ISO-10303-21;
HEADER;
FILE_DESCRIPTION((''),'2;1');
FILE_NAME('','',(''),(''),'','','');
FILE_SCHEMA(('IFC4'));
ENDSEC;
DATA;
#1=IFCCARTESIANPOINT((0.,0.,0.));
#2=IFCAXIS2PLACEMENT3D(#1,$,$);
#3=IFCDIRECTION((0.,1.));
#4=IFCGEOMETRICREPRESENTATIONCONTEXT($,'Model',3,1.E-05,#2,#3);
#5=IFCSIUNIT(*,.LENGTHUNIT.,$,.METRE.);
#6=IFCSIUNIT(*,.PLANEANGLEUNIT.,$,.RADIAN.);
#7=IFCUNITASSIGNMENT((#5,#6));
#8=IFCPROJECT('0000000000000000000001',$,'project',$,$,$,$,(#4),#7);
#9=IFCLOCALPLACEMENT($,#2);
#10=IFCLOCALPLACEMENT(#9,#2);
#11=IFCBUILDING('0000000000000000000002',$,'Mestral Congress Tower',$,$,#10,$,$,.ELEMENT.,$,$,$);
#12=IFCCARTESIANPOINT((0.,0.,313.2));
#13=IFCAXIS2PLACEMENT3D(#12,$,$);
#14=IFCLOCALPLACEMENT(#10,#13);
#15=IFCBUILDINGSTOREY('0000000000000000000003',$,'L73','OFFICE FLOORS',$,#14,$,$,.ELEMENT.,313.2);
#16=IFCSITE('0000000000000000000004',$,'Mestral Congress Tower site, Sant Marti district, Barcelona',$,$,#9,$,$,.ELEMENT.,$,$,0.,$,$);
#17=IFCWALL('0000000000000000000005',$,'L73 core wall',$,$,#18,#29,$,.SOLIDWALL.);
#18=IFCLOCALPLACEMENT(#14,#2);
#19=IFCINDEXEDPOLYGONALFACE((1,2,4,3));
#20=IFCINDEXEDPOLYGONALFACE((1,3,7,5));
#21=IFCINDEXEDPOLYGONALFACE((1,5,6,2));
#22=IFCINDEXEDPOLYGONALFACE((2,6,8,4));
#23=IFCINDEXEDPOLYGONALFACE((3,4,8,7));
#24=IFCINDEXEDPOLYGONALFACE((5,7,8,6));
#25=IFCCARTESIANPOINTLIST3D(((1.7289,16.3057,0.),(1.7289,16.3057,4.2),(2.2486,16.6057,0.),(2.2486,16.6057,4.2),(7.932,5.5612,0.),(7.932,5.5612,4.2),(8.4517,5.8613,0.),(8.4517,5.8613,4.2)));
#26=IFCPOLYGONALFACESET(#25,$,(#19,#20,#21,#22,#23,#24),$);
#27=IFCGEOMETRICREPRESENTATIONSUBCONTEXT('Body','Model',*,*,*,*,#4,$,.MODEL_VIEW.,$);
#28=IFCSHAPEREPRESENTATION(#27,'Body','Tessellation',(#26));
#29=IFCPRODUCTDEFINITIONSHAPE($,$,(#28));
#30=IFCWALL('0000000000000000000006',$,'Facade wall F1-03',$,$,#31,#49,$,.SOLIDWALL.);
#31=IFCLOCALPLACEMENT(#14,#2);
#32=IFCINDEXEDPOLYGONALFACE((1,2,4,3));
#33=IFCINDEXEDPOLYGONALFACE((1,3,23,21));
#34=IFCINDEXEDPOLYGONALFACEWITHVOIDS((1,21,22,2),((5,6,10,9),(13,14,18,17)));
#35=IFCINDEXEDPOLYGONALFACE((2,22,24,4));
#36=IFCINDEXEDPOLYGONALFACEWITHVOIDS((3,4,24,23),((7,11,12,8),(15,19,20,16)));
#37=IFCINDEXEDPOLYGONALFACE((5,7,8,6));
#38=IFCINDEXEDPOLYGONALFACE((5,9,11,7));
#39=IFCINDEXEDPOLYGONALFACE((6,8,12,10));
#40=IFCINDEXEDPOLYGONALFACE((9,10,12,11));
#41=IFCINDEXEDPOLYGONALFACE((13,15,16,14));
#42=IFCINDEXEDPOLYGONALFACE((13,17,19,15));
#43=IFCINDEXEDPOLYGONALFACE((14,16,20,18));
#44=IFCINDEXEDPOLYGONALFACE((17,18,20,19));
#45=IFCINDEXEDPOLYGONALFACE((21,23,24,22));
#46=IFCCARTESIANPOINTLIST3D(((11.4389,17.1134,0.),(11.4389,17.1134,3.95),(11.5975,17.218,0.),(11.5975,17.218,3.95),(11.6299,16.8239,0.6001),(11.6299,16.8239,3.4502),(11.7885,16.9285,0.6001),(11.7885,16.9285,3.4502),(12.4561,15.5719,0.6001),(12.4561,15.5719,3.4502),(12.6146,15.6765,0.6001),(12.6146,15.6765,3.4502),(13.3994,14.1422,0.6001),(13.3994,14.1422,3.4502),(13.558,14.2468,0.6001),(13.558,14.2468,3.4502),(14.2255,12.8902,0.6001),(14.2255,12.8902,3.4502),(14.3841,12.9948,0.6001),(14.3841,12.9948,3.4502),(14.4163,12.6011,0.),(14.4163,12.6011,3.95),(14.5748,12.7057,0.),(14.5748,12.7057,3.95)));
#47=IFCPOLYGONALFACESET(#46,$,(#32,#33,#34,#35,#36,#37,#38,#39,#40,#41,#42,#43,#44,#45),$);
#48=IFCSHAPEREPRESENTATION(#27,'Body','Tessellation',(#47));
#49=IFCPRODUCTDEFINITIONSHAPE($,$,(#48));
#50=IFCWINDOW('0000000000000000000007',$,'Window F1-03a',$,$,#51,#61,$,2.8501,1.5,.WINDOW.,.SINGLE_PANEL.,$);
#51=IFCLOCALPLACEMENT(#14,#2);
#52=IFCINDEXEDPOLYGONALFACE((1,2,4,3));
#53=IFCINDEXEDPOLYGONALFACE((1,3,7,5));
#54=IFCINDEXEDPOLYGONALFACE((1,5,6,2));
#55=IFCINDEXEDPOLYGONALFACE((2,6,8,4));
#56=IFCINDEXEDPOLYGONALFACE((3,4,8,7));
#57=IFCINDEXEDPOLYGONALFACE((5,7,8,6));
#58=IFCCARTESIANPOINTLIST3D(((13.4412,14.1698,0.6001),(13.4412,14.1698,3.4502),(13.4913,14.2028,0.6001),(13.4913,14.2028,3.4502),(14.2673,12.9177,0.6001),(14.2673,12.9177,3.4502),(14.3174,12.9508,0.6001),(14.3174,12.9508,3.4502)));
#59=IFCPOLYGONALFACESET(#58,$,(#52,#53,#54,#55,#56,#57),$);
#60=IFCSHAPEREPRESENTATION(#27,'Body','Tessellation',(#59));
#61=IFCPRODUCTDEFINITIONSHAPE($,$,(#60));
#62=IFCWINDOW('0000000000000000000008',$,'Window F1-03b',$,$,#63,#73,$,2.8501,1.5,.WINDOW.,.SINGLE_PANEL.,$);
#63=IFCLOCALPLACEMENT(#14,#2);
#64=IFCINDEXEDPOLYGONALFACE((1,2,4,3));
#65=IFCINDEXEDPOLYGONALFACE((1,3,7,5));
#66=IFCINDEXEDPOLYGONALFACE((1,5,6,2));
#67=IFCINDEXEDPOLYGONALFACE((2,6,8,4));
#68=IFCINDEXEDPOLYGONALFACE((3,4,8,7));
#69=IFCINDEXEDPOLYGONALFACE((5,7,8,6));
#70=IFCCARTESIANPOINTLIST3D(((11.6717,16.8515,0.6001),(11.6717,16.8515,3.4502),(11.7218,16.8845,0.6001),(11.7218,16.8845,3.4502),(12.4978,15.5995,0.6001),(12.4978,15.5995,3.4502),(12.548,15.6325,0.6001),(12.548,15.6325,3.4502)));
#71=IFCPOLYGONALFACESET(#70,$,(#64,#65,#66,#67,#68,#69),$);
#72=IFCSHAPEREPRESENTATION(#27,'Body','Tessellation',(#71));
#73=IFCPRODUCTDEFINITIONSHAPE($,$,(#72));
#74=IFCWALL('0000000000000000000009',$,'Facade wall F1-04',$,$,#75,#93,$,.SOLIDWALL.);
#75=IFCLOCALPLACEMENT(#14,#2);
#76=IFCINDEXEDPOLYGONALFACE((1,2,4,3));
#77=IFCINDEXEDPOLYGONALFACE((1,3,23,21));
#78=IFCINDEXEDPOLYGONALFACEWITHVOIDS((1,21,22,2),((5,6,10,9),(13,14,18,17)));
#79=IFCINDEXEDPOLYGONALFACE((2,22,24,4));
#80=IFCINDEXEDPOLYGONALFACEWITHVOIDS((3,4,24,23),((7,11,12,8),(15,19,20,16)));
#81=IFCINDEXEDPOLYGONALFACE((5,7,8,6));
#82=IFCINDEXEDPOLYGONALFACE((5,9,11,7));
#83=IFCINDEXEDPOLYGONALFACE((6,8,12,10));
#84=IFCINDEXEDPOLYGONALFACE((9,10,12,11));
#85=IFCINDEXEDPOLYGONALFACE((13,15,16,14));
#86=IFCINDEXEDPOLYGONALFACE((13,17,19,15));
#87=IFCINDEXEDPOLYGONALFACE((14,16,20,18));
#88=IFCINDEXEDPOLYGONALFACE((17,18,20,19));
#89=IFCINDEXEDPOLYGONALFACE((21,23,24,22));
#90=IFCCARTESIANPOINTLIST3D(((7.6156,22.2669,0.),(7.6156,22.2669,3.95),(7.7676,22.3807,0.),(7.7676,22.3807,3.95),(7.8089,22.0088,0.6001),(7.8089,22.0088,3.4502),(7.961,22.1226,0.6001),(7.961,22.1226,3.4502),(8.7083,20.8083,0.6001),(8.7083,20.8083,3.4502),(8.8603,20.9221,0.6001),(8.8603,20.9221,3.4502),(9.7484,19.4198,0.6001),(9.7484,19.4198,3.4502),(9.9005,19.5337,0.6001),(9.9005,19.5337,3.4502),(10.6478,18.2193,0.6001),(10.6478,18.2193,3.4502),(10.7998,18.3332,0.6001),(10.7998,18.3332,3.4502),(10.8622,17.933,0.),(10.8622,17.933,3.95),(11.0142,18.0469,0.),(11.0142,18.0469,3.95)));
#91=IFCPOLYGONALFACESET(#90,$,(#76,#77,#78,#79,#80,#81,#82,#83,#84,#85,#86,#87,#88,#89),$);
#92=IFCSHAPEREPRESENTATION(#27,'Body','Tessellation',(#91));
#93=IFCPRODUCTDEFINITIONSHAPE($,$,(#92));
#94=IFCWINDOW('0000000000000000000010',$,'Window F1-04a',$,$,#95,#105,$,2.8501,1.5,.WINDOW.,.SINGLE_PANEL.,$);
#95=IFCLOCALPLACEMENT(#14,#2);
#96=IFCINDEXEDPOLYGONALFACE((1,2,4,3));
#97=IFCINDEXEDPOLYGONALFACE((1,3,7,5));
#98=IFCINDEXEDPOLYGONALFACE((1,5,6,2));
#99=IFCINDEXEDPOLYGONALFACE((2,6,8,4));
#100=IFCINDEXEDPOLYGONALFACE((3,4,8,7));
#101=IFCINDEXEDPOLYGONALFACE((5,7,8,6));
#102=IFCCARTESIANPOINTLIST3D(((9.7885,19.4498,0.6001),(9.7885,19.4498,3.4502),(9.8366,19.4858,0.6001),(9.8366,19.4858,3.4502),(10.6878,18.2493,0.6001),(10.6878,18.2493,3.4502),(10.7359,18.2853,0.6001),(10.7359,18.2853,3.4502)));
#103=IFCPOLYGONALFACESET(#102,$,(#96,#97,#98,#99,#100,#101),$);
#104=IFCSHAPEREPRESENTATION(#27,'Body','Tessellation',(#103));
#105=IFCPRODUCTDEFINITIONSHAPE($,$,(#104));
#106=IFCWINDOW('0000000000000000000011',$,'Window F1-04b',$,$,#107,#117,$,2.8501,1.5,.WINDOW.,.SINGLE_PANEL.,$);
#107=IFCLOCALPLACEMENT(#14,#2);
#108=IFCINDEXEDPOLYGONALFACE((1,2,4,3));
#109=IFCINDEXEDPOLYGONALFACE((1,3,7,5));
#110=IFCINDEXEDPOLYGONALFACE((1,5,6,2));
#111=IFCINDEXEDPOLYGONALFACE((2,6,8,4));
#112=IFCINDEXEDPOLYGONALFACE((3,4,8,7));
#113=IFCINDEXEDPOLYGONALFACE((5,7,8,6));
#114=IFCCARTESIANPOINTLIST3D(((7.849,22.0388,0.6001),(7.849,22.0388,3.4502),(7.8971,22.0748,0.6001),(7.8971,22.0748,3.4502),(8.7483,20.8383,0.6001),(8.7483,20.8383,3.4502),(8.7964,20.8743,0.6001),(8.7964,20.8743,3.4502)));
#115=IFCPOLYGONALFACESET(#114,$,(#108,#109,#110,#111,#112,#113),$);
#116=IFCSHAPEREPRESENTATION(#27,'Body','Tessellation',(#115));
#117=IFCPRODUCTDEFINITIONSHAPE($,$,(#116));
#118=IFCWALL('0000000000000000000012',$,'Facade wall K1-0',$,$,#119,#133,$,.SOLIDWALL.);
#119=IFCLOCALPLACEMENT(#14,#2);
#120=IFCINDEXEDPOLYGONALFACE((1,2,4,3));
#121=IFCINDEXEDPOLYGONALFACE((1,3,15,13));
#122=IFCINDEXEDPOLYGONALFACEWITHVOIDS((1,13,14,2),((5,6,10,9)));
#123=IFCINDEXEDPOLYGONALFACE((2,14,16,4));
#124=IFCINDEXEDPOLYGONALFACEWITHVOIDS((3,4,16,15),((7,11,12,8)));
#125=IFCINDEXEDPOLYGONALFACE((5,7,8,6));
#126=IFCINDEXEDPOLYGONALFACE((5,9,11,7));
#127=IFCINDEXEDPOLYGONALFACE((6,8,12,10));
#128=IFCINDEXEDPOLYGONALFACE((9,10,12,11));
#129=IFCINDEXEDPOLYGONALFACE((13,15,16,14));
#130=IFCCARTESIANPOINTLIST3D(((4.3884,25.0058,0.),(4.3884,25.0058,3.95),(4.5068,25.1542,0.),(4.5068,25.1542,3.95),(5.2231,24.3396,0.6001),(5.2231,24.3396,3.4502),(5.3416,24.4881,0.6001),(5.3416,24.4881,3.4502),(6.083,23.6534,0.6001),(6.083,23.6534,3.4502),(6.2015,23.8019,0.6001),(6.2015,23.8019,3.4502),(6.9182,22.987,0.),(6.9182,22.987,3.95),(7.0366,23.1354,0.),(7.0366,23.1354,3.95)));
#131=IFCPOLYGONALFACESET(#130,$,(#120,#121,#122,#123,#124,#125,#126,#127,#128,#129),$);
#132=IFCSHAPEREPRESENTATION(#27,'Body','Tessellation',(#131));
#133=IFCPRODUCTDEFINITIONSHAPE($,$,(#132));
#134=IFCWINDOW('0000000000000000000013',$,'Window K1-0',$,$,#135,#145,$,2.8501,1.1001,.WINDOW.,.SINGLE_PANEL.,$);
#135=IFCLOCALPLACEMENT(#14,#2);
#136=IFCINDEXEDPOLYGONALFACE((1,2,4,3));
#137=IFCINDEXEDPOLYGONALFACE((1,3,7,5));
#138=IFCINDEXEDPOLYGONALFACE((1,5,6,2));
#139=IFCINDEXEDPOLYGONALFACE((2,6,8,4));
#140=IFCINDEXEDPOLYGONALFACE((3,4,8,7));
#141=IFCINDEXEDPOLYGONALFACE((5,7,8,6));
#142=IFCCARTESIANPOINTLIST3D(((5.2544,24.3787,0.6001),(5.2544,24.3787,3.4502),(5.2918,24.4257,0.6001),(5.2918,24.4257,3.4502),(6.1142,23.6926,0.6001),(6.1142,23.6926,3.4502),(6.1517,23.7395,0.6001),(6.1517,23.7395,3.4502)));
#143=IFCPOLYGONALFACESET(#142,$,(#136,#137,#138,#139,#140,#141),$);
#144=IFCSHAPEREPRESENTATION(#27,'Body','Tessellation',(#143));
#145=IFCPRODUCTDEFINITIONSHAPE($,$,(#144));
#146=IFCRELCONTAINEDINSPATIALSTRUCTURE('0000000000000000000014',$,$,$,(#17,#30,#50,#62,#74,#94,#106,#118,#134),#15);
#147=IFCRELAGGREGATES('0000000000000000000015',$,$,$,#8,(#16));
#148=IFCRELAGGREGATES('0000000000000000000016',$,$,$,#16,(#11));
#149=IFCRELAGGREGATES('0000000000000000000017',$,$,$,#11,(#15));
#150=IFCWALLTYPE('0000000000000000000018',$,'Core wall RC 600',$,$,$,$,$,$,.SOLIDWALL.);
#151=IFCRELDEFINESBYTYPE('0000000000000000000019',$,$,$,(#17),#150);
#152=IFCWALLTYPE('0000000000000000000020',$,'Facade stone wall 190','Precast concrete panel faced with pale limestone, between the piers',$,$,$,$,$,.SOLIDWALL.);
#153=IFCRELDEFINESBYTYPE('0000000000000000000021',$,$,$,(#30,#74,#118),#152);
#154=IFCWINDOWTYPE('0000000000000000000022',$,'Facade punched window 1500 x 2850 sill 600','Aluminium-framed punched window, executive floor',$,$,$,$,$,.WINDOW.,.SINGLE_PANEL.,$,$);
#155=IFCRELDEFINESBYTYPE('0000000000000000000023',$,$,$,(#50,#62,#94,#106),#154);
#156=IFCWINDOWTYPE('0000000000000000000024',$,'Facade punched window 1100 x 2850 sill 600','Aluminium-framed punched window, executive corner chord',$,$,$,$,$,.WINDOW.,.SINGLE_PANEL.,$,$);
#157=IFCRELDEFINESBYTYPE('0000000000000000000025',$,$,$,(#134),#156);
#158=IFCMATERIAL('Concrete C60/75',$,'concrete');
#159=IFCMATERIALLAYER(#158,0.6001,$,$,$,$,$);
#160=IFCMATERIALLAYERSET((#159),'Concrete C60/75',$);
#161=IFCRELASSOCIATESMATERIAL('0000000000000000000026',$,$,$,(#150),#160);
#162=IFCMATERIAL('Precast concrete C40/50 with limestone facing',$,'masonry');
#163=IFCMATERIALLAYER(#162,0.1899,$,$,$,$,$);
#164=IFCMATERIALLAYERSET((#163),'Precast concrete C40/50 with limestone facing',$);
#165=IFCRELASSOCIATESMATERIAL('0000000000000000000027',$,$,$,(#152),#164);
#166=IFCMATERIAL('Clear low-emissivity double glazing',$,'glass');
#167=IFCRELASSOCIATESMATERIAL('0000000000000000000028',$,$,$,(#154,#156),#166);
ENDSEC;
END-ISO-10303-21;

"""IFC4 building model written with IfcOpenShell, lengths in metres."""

from ifc_helpers import new_model, si_unit, direction, frame, frame_2d, origin, place, context, subcontext, project, spatial, rectangle, extrude, material, layer, layer_set, type_object, element, fill, save


model = new_model("IFC4")

# Units and contexts
model_context = context("Model", 3, precision=1e-05, world=origin(), true_north=direction((0.0, 1.0)))
body_context = subcontext(model_context, "Body", "Model", "MODEL_VIEW")
ifc_project = project(units=[si_unit("LENGTHUNIT", "METRE"), si_unit("PLANEANGLEUNIT", "RADIAN")], contexts=[model_context])

# Site, building, storey
site_placement = place(None, origin())
site = spatial("IfcSite", under=ifc_project, at=site_placement, Name="Mestral Congress Tower site, Sant Marti district, Barcelona", CompositionType="ELEMENT", RefElevation=0.0)
building_placement = place(site_placement, origin())
building = spatial("IfcBuilding", under=site, at=building_placement, Name="Mestral Congress Tower", CompositionType="ELEMENT")
storey_placement = place(building_placement, frame((0.0, 0.0, 313.2)))
storey = spatial("IfcBuildingStorey", under=building, at=storey_placement, Name="L73", Description="OFFICE FLOORS", CompositionType="ELEMENT", Elevation=313.2)

# Shared definitions
ifc_material_1 = material(Name="Concrete C60/75", Category="concrete")

# Wall
ifc_layer_1 = layer(ifc_material_1, 0.6001)
ifc_layer_set_1 = layer_set([ifc_layer_1], Name="Concrete C60/75")
wall_type_1 = type_object("IfcWallType", Name="Core wall RC 600", PredefinedType="SOLIDWALL", material=ifc_layer_set_1)
wall_1_placement = place(storey_placement, frame((1.9888, 16.4556, 0.0), z_axis=(0.0, 0.0, 1.0), x_axis=(0.499991, -0.866031, 0.0)))
element("IfcWall", 1, at=wall_1_placement, inside=storey, type_object=wall_type_1, Name="L73 core wall", PredefinedType="SOLIDWALL", context=body_context, shape_type="SweptSolid", body=[
    extrude(rectangle(XDim=12.4065, YDim=0.6001, at=frame_2d((6.2031, 0.0))), origin(), (0.0, 0.0, 1.0), 4.2),
])

# Walls, openings, windows
ifc_material_2 = material(Name="Precast concrete C40/50 with limestone facing", Category="masonry")
ifc_layer_2 = layer(ifc_material_2, 0.1899)
ifc_layer_set_2 = layer_set([ifc_layer_2], Name="Precast concrete C40/50 with limestone facing")
wall_type_2 = type_object("IfcWallType", Name="Facade stone wall 190", Description="Precast concrete panel faced with pale limestone, between the piers", PredefinedType="SOLIDWALL", material=ifc_layer_set_2)
wall_2_placement = place(storey_placement, frame((14.4956, 12.6533, 0.0), z_axis=(0.0, 0.0, 1.0), x_axis=(-0.550744, 0.834674, 0.0)))
wall_2 = element("IfcWall", 2, at=wall_2_placement, inside=storey, type_object=wall_type_2, Name="Facade wall F1-03", PredefinedType="SOLIDWALL", context=body_context, shape_type="SweptSolid", body=[
    extrude(rectangle(XDim=5.406, YDim=0.1899, at=frame_2d((2.7031, 0.0))), origin(), (0.0, 0.0, 1.0), 3.95),
])
opening_1_placement = place(wall_2_placement, frame((0.3464, 0.0, 0.6001)))
opening_1 = element("IfcOpeningElement", 3, at=opening_1_placement, cuts=wall_2, PredefinedType="OPENING", context=body_context, shape_type="SweptSolid", body=[
    extrude(rectangle(XDim=1.5, YDim=2.8501, at=frame_2d((0.75, 1.425))), frame((0.0, 0.105, 0.0), z_axis=(0.0, -1.0, 0.0), x_axis=(1.0, 0.0, 0.0)), (0.0, 0.0, 1.0), 0.21),
])
opening_2_placement = place(wall_2_placement, frame((3.5593, 0.0, 0.6001)))
opening_2 = element("IfcOpeningElement", 4, at=opening_2_placement, cuts=wall_2, PredefinedType="OPENING", context=body_context, shape_type="SweptSolid", body=[
    extrude(rectangle(XDim=1.5, YDim=2.8501, at=frame_2d((0.75, 1.425))), frame((0.0, 0.105, 0.0), z_axis=(0.0, -1.0, 0.0), x_axis=(1.0, 0.0, 0.0)), (0.0, 0.0, 1.0), 0.21),
])
ifc_material_3 = material(Name="Clear low-emissivity double glazing", Category="glass")
window_type_1 = type_object("IfcWindowType", Name="Facade punched window 1500 x 2850 sill 600", Description="Aluminium-framed punched window, executive floor", PartitioningType="SINGLE_PANEL", PredefinedType="WINDOW", material=ifc_material_3)
window_1_placement = place(opening_1_placement, origin())
window_1 = element("IfcWindow", 5, at=window_1_placement, inside=storey, type_object=window_type_1, Name="Window F1-03a", OverallHeight=2.8501, OverallWidth=1.5, PartitioningType="SINGLE_PANEL", PredefinedType="WINDOW", context=body_context, shape_type="SweptSolid", body=[
    extrude(rectangle(XDim=1.5, YDim=2.8501, at=frame_2d((0.75, 1.425))), frame((0.0, 0.0449, 0.0), z_axis=(0.0, -1.0, 0.0), x_axis=(1.0, 0.0, 0.0)), (0.0, 0.0, 1.0), 0.0601),
])
fill(opening_1, window_1)
window_2_placement = place(opening_2_placement, origin())
window_2 = element("IfcWindow", 6, at=window_2_placement, inside=storey, type_object=window_type_1, Name="Window F1-03b", OverallHeight=2.8501, OverallWidth=1.5, PartitioningType="SINGLE_PANEL", PredefinedType="WINDOW", context=body_context, shape_type="SweptSolid", body=[
    extrude(rectangle(XDim=1.5, YDim=2.8501, at=frame_2d((0.75, 1.425))), frame((0.0, 0.0449, 0.0), z_axis=(0.0, -1.0, 0.0), x_axis=(1.0, 0.0, 0.0)), (0.0, 0.0, 1.0), 0.0601),
])
fill(opening_2, window_2)
wall_3_placement = place(storey_placement, frame((10.9382, 17.99, 0.0), z_axis=(0.0, 0.0, 1.0), x_axis=(-0.59956, 0.80033, 0.0)))
wall_3 = element("IfcWall", 7, at=wall_3_placement, inside=storey, type_object=wall_type_2, Name="Facade wall F1-04", PredefinedType="SOLIDWALL", context=body_context, shape_type="SweptSolid", body=[
    extrude(rectangle(XDim=5.415, YDim=0.1899, at=frame_2d((2.7075, 0.0))), origin(), (0.0, 0.0, 1.0), 3.95),
])
opening_3_placement = place(wall_3_placement, frame((0.3577, 0.0, 0.6001)))
opening_3 = element("IfcOpeningElement", 8, at=opening_3_placement, cuts=wall_3, PredefinedType="OPENING", context=body_context, shape_type="SweptSolid", body=[
    extrude(rectangle(XDim=1.5, YDim=2.8501, at=frame_2d((0.75, 1.425))), frame((0.0, 0.105, 0.0), z_axis=(0.0, -1.0, 0.0), x_axis=(1.0, 0.0, 0.0)), (0.0, 0.0, 1.0), 0.21),
])
opening_4_placement = place(wall_3_placement, frame((3.5925, 0.0, 0.6001)))
opening_4 = element("IfcOpeningElement", 9, at=opening_4_placement, cuts=wall_3, PredefinedType="OPENING", context=body_context, shape_type="SweptSolid", body=[
    extrude(rectangle(XDim=1.5, YDim=2.8501, at=frame_2d((0.75, 1.425))), frame((0.0, 0.105, 0.0), z_axis=(0.0, -1.0, 0.0), x_axis=(1.0, 0.0, 0.0)), (0.0, 0.0, 1.0), 0.21),
])
window_3_placement = place(opening_3_placement, origin())
window_3 = element("IfcWindow", 10, at=window_3_placement, inside=storey, type_object=window_type_1, Name="Window F1-04a", OverallHeight=2.8501, OverallWidth=1.5, PartitioningType="SINGLE_PANEL", PredefinedType="WINDOW", context=body_context, shape_type="SweptSolid", body=[
    extrude(rectangle(XDim=1.5, YDim=2.8501, at=frame_2d((0.75, 1.425))), frame((0.0, 0.0449, 0.0), z_axis=(0.0, -1.0, 0.0), x_axis=(1.0, 0.0, 0.0)), (0.0, 0.0, 1.0), 0.0601),
])
fill(opening_3, window_3)
window_4_placement = place(opening_4_placement, origin())
window_4 = element("IfcWindow", 11, at=window_4_placement, inside=storey, type_object=window_type_1, Name="Window F1-04b", OverallHeight=2.8501, OverallWidth=1.5, PartitioningType="SINGLE_PANEL", PredefinedType="WINDOW", context=body_context, shape_type="SweptSolid", body=[
    extrude(rectangle(XDim=1.5, YDim=2.8501, at=frame_2d((0.75, 1.425))), frame((0.0, 0.0449, 0.0), z_axis=(0.0, -1.0, 0.0), x_axis=(1.0, 0.0, 0.0)), (0.0, 0.0, 1.0), 0.0601),
])
fill(opening_4, window_4)

# Wall, opening, window
wall_4_placement = place(storey_placement, frame((6.9773, 23.0613, 0.0), z_axis=(0.0, 0.0, 1.0), x_axis=(-0.781626, 0.623747, 0.0)))
wall_4 = element("IfcWall", 12, at=wall_4_placement, inside=storey, type_object=wall_type_2, Name="Facade wall K1-0", PredefinedType="SOLIDWALL", context=body_context, shape_type="SweptSolid", body=[
    extrude(rectangle(XDim=3.2366, YDim=0.1899, at=frame_2d((1.6182, 0.0))), origin(), (0.0, 0.0, 1.0), 3.95),
])
opening_5_placement = place(wall_4_placement, frame((1.0684, 0.0, 0.6001)))
opening_5 = element("IfcOpeningElement", 13, at=opening_5_placement, cuts=wall_4, PredefinedType="OPENING", context=body_context, shape_type="SweptSolid", body=[
    extrude(rectangle(XDim=1.1001, YDim=2.8501, at=frame_2d((0.55, 1.425))), frame((0.0, 0.105, 0.0), z_axis=(0.0, -1.0, 0.0), x_axis=(1.0, 0.0, 0.0)), (0.0, 0.0, 1.0), 0.21),
])
window_type_2 = type_object("IfcWindowType", Name="Facade punched window 1100 x 2850 sill 600", Description="Aluminium-framed punched window, executive corner chord", PartitioningType="SINGLE_PANEL", PredefinedType="WINDOW", material=ifc_material_3)
window_5_placement = place(opening_5_placement, origin())
window_5 = element("IfcWindow", 14, at=window_5_placement, inside=storey, type_object=window_type_2, Name="Window K1-0", OverallHeight=2.8501, OverallWidth=1.1001, PartitioningType="SINGLE_PANEL", PredefinedType="WINDOW", context=body_context, shape_type="SweptSolid", body=[
    extrude(rectangle(XDim=1.1001, YDim=2.8501, at=frame_2d((0.55, 1.425))), frame((0.0, 0.0449, 0.0), z_axis=(0.0, -1.0, 0.0), x_axis=(1.0, 0.0, 0.0)), (0.0, 0.0, 1.0), 0.0601),
])
fill(opening_5, window_5)

save(model, "model.ifc")
